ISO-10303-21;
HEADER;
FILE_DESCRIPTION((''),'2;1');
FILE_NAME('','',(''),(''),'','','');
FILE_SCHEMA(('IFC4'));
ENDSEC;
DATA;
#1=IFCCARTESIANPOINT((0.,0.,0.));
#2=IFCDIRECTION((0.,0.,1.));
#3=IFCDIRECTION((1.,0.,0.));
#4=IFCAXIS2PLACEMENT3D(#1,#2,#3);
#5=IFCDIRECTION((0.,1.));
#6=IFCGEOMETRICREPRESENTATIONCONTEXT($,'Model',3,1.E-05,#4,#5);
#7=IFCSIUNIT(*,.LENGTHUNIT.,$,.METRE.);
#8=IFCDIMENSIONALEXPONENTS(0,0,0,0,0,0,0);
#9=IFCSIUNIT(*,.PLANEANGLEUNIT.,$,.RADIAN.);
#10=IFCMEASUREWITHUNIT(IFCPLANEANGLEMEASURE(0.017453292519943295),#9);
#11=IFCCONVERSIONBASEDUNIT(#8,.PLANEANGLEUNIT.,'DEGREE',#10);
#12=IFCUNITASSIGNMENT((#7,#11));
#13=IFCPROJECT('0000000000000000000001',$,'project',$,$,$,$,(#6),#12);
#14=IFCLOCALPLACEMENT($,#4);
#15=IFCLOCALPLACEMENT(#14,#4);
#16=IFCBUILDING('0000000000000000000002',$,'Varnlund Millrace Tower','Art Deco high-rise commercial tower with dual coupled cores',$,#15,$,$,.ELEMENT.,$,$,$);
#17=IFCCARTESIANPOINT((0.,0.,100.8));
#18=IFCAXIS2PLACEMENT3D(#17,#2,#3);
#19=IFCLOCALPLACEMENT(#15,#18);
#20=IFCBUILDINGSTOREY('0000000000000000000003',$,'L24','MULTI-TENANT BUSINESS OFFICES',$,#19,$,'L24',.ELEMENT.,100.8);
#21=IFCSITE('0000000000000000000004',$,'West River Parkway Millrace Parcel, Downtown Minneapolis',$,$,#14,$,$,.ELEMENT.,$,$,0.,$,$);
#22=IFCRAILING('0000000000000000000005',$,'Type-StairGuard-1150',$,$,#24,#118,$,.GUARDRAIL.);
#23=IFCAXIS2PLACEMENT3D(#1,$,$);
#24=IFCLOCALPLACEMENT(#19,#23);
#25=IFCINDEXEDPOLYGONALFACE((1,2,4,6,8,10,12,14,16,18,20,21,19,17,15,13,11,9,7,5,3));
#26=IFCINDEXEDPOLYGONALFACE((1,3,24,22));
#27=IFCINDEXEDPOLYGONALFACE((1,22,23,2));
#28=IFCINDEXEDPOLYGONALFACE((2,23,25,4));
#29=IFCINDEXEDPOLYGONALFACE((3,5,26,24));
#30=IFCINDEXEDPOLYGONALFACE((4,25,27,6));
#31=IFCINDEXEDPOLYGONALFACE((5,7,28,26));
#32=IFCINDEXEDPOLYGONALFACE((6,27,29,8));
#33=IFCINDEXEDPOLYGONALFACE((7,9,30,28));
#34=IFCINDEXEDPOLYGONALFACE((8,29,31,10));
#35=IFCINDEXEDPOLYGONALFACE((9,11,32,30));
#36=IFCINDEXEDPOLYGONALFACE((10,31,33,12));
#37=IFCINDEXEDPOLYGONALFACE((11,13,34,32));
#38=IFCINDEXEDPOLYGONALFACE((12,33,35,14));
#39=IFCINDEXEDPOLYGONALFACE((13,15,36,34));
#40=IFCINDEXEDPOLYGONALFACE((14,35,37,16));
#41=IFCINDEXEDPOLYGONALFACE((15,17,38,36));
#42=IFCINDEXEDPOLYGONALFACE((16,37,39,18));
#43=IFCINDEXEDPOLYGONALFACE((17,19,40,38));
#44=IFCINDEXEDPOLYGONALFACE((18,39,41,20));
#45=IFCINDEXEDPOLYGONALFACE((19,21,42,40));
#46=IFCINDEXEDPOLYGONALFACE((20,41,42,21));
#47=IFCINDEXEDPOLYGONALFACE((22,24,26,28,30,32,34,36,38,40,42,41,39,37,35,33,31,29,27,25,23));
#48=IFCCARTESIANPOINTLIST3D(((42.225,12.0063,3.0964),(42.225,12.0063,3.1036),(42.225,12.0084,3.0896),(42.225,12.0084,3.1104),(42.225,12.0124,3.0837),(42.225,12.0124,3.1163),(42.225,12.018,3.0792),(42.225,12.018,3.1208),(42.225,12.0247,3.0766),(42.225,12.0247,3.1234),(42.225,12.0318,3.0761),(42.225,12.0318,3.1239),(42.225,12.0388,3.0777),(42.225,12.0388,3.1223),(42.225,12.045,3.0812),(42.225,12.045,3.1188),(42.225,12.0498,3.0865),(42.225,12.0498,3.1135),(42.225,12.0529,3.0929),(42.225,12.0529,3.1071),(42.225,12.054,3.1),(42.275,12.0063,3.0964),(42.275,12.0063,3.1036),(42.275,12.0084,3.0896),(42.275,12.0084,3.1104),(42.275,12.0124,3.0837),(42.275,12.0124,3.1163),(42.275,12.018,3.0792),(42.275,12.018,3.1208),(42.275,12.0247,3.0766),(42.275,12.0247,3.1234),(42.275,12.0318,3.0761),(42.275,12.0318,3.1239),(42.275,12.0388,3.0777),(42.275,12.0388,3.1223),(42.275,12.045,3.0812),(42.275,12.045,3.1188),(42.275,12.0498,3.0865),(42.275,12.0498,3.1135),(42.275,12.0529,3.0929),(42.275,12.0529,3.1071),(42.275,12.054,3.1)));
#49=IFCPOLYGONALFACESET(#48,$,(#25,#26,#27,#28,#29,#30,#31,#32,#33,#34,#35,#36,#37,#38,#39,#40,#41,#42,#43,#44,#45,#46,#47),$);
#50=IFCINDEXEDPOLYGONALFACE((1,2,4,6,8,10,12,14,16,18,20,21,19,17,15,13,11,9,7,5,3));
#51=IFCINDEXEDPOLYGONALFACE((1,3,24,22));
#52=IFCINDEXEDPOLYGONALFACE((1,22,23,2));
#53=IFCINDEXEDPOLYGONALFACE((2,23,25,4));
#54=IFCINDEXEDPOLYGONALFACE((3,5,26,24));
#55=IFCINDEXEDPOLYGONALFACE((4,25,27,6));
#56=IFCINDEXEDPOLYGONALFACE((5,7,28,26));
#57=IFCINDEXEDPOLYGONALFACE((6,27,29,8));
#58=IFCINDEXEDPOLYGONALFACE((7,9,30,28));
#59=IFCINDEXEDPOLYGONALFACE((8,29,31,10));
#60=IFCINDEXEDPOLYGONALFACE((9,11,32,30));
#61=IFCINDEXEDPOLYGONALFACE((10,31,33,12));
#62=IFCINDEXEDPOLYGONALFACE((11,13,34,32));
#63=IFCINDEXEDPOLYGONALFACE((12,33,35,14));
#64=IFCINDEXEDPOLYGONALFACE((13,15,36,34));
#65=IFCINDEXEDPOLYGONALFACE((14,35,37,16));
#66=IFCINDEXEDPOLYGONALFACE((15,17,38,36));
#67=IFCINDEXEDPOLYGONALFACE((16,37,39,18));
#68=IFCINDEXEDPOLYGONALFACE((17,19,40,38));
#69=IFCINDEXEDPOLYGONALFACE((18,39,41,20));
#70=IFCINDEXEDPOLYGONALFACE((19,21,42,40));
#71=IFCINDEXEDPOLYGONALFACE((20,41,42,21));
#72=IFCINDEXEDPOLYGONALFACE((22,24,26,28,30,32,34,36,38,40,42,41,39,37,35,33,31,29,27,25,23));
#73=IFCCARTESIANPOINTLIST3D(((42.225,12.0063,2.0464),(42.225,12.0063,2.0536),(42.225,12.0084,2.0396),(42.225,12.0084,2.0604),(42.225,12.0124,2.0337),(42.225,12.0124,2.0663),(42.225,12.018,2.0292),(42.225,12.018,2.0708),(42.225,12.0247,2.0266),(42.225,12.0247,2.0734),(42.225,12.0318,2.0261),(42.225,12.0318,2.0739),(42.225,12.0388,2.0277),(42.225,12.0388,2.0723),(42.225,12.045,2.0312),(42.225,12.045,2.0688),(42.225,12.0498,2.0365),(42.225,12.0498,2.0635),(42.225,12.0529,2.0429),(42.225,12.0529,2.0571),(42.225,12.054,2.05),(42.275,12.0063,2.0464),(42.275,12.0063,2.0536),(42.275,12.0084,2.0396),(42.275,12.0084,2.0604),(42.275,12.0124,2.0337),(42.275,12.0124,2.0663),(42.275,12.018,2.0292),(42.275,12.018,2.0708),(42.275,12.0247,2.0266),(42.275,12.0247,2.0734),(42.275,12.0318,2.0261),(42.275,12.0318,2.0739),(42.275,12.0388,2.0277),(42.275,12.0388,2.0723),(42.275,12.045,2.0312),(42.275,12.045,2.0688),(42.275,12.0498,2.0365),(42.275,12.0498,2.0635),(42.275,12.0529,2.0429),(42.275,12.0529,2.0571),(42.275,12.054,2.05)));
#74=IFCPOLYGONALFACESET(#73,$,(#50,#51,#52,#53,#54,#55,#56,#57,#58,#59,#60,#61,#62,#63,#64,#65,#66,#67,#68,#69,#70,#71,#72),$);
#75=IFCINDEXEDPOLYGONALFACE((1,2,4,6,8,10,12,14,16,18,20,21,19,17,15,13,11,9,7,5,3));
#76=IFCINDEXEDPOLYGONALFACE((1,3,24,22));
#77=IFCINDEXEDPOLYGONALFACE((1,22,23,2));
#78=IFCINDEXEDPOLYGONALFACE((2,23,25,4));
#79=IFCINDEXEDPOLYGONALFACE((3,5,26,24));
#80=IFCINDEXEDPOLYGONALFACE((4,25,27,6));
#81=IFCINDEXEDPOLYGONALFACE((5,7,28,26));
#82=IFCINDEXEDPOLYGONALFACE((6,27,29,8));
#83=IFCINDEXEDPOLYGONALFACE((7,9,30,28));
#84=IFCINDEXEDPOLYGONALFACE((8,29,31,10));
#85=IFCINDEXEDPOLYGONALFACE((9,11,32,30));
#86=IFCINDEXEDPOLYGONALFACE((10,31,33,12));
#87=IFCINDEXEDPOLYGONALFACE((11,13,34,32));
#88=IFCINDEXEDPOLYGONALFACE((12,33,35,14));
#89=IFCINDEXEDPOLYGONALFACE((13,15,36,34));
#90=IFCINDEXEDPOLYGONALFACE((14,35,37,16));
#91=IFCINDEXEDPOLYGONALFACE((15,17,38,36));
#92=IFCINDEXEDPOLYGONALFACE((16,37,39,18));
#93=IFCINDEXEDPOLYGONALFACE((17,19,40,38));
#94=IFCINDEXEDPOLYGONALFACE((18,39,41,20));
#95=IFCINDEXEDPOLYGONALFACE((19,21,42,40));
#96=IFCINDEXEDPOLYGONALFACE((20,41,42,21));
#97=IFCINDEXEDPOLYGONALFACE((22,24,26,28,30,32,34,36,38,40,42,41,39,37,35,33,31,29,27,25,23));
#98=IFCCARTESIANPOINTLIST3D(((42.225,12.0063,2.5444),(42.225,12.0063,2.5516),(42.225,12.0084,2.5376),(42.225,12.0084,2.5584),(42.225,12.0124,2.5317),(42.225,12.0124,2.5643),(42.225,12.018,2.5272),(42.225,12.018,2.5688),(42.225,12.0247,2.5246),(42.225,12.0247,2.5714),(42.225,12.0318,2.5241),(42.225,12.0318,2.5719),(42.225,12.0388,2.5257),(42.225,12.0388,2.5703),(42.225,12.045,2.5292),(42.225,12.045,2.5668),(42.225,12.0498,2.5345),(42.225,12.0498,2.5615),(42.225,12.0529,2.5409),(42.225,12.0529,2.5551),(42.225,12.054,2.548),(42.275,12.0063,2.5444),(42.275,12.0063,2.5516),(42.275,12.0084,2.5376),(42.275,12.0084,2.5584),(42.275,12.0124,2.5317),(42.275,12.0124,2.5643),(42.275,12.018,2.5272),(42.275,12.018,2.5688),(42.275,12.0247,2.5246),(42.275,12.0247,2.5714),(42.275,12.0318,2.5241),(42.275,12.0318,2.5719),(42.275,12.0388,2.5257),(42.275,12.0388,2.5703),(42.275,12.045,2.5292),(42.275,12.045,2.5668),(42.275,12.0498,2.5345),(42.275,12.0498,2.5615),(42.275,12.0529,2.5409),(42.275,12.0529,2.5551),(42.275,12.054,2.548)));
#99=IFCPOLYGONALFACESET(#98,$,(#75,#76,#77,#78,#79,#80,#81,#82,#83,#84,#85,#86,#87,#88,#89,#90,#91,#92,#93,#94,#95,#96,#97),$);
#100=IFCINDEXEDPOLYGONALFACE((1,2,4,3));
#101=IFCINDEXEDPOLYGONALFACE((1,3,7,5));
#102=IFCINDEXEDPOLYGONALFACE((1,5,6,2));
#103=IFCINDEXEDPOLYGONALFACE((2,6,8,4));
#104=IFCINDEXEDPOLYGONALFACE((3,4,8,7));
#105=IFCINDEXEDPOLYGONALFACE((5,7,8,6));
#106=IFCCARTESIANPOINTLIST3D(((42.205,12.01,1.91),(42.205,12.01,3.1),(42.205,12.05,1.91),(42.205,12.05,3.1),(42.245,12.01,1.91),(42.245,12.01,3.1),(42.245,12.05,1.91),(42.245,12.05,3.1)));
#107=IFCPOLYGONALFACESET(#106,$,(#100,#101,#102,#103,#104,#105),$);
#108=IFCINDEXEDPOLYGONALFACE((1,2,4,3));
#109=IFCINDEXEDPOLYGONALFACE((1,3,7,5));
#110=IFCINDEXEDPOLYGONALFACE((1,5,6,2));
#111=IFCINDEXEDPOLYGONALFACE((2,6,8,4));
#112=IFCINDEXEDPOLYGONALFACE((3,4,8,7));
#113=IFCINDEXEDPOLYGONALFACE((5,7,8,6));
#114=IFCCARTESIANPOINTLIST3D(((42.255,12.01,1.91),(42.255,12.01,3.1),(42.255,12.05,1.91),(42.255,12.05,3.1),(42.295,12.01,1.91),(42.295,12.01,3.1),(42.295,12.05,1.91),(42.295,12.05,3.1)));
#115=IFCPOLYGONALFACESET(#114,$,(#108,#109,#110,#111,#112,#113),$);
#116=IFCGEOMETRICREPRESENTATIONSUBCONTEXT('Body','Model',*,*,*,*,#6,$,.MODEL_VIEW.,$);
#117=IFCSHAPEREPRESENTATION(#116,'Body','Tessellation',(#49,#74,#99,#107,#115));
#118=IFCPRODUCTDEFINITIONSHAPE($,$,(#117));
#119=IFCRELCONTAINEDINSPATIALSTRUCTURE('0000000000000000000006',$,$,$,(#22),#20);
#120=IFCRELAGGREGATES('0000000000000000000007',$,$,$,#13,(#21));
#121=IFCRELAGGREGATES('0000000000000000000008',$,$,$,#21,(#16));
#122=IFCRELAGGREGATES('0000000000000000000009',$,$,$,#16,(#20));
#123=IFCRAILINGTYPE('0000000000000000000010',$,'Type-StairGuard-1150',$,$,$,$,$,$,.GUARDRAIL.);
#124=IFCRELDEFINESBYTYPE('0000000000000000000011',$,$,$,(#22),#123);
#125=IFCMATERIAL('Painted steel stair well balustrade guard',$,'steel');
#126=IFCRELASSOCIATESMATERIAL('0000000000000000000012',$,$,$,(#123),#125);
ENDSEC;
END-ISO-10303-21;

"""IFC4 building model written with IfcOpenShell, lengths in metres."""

from ifc_helpers import new_model, entity, si_unit, converted_unit, direction, frame, origin_with_axes, origin_2d_with_axis, place, context, subcontext, project, spatial, rectangle, circle, extrude, material, type_object, element, save


model = new_model("IFC4")

# Units and contexts
model_context = context("Model", 3, precision=1e-05, world=origin_with_axes(), true_north=direction((0.0, 1.0)))
body_context = subcontext(model_context, "Body", "Model", "MODEL_VIEW")
ifc_project = project(units=[si_unit("LENGTHUNIT", "METRE"), converted_unit("PLANEANGLEUNIT", "DEGREE", entity("IfcPlaneAngleMeasure", 0.017453292519943295), si_unit("PLANEANGLEUNIT", "RADIAN"), dimensions=[0, 0, 0, 0, 0, 0, 0])], contexts=[model_context])

# Site, building, storey
site_placement = place(None, origin_with_axes())
site = spatial("IfcSite", under=ifc_project, at=site_placement, Name="West River Parkway Millrace Parcel, Downtown Minneapolis", CompositionType="ELEMENT", RefElevation=0.0)
building_placement = place(site_placement, origin_with_axes())
building = spatial("IfcBuilding", under=site, at=building_placement, Name="Varnlund Millrace Tower", Description="Art Deco high-rise commercial tower with dual coupled cores", CompositionType="ELEMENT")
storey_placement = place(building_placement, frame((0.0, 0.0, 100.8), z_axis=(0.0, 0.0, 1.0), x_axis=(1.0, 0.0, 0.0)))
storey = spatial("IfcBuildingStorey", under=building, at=storey_placement, Name="L24", Description="MULTI-TENANT BUSINESS OFFICES", LongName="L24", CompositionType="ELEMENT", Elevation=100.8)

# Railing
ifc_material_1 = material(Name="Painted steel stair well balustrade guard", Category="steel")
railing_type_1 = type_object("IfcRailingType", Name="Type-StairGuard-1150", PredefinedType="GUARDRAIL", material=ifc_material_1)
railing_1_placement = place(storey_placement, frame((0.0, 0.0, -100.8), z_axis=(0.0, 0.0, 1.0), x_axis=(1.0, 0.0, 0.0)))
element("IfcRailing", 1, at=railing_1_placement, inside=storey, type_object=railing_type_1, Name="Type-StairGuard-1150", PredefinedType="GUARDRAIL", context=body_context, shape_type="SweptSolid", body=[
    extrude(circle(Radius=0.024, at=origin_2d_with_axis()), frame((42.225, 12.03, 103.9), z_axis=(1.0, 0.0, 0.0), x_axis=(0.0, 1.0, 0.0)), (0.0, 0.0, 1.0), 0.05),
    extrude(circle(Radius=0.024, at=origin_2d_with_axis()), frame((42.225, 12.03, 102.85), z_axis=(1.0, 0.0, 0.0), x_axis=(0.0, 1.0, 0.0)), (0.0, 0.0, 1.0), 0.05),
    extrude(circle(Radius=0.024, at=origin_2d_with_axis()), frame((42.225, 12.03, 103.348), z_axis=(1.0, 0.0, 0.0), x_axis=(0.0, 1.0, 0.0)), (0.0, 0.0, 1.0), 0.05),
    extrude(rectangle(XDim=0.04, YDim=0.04, at=origin_2d_with_axis()), frame((42.225, 12.03, 102.71), z_axis=(0.0, 0.0, 1.0), x_axis=(1.0, 0.0, 0.0)), (0.0, 0.0, 1.0), 1.19),
    extrude(rectangle(XDim=0.04, YDim=0.04, at=origin_2d_with_axis()), frame((42.275, 12.03, 102.71), z_axis=(0.0, 0.0, 1.0), x_axis=(1.0, 0.0, 0.0)), (0.0, 0.0, 1.0), 1.19),
])

save(model, "model.ifc")
